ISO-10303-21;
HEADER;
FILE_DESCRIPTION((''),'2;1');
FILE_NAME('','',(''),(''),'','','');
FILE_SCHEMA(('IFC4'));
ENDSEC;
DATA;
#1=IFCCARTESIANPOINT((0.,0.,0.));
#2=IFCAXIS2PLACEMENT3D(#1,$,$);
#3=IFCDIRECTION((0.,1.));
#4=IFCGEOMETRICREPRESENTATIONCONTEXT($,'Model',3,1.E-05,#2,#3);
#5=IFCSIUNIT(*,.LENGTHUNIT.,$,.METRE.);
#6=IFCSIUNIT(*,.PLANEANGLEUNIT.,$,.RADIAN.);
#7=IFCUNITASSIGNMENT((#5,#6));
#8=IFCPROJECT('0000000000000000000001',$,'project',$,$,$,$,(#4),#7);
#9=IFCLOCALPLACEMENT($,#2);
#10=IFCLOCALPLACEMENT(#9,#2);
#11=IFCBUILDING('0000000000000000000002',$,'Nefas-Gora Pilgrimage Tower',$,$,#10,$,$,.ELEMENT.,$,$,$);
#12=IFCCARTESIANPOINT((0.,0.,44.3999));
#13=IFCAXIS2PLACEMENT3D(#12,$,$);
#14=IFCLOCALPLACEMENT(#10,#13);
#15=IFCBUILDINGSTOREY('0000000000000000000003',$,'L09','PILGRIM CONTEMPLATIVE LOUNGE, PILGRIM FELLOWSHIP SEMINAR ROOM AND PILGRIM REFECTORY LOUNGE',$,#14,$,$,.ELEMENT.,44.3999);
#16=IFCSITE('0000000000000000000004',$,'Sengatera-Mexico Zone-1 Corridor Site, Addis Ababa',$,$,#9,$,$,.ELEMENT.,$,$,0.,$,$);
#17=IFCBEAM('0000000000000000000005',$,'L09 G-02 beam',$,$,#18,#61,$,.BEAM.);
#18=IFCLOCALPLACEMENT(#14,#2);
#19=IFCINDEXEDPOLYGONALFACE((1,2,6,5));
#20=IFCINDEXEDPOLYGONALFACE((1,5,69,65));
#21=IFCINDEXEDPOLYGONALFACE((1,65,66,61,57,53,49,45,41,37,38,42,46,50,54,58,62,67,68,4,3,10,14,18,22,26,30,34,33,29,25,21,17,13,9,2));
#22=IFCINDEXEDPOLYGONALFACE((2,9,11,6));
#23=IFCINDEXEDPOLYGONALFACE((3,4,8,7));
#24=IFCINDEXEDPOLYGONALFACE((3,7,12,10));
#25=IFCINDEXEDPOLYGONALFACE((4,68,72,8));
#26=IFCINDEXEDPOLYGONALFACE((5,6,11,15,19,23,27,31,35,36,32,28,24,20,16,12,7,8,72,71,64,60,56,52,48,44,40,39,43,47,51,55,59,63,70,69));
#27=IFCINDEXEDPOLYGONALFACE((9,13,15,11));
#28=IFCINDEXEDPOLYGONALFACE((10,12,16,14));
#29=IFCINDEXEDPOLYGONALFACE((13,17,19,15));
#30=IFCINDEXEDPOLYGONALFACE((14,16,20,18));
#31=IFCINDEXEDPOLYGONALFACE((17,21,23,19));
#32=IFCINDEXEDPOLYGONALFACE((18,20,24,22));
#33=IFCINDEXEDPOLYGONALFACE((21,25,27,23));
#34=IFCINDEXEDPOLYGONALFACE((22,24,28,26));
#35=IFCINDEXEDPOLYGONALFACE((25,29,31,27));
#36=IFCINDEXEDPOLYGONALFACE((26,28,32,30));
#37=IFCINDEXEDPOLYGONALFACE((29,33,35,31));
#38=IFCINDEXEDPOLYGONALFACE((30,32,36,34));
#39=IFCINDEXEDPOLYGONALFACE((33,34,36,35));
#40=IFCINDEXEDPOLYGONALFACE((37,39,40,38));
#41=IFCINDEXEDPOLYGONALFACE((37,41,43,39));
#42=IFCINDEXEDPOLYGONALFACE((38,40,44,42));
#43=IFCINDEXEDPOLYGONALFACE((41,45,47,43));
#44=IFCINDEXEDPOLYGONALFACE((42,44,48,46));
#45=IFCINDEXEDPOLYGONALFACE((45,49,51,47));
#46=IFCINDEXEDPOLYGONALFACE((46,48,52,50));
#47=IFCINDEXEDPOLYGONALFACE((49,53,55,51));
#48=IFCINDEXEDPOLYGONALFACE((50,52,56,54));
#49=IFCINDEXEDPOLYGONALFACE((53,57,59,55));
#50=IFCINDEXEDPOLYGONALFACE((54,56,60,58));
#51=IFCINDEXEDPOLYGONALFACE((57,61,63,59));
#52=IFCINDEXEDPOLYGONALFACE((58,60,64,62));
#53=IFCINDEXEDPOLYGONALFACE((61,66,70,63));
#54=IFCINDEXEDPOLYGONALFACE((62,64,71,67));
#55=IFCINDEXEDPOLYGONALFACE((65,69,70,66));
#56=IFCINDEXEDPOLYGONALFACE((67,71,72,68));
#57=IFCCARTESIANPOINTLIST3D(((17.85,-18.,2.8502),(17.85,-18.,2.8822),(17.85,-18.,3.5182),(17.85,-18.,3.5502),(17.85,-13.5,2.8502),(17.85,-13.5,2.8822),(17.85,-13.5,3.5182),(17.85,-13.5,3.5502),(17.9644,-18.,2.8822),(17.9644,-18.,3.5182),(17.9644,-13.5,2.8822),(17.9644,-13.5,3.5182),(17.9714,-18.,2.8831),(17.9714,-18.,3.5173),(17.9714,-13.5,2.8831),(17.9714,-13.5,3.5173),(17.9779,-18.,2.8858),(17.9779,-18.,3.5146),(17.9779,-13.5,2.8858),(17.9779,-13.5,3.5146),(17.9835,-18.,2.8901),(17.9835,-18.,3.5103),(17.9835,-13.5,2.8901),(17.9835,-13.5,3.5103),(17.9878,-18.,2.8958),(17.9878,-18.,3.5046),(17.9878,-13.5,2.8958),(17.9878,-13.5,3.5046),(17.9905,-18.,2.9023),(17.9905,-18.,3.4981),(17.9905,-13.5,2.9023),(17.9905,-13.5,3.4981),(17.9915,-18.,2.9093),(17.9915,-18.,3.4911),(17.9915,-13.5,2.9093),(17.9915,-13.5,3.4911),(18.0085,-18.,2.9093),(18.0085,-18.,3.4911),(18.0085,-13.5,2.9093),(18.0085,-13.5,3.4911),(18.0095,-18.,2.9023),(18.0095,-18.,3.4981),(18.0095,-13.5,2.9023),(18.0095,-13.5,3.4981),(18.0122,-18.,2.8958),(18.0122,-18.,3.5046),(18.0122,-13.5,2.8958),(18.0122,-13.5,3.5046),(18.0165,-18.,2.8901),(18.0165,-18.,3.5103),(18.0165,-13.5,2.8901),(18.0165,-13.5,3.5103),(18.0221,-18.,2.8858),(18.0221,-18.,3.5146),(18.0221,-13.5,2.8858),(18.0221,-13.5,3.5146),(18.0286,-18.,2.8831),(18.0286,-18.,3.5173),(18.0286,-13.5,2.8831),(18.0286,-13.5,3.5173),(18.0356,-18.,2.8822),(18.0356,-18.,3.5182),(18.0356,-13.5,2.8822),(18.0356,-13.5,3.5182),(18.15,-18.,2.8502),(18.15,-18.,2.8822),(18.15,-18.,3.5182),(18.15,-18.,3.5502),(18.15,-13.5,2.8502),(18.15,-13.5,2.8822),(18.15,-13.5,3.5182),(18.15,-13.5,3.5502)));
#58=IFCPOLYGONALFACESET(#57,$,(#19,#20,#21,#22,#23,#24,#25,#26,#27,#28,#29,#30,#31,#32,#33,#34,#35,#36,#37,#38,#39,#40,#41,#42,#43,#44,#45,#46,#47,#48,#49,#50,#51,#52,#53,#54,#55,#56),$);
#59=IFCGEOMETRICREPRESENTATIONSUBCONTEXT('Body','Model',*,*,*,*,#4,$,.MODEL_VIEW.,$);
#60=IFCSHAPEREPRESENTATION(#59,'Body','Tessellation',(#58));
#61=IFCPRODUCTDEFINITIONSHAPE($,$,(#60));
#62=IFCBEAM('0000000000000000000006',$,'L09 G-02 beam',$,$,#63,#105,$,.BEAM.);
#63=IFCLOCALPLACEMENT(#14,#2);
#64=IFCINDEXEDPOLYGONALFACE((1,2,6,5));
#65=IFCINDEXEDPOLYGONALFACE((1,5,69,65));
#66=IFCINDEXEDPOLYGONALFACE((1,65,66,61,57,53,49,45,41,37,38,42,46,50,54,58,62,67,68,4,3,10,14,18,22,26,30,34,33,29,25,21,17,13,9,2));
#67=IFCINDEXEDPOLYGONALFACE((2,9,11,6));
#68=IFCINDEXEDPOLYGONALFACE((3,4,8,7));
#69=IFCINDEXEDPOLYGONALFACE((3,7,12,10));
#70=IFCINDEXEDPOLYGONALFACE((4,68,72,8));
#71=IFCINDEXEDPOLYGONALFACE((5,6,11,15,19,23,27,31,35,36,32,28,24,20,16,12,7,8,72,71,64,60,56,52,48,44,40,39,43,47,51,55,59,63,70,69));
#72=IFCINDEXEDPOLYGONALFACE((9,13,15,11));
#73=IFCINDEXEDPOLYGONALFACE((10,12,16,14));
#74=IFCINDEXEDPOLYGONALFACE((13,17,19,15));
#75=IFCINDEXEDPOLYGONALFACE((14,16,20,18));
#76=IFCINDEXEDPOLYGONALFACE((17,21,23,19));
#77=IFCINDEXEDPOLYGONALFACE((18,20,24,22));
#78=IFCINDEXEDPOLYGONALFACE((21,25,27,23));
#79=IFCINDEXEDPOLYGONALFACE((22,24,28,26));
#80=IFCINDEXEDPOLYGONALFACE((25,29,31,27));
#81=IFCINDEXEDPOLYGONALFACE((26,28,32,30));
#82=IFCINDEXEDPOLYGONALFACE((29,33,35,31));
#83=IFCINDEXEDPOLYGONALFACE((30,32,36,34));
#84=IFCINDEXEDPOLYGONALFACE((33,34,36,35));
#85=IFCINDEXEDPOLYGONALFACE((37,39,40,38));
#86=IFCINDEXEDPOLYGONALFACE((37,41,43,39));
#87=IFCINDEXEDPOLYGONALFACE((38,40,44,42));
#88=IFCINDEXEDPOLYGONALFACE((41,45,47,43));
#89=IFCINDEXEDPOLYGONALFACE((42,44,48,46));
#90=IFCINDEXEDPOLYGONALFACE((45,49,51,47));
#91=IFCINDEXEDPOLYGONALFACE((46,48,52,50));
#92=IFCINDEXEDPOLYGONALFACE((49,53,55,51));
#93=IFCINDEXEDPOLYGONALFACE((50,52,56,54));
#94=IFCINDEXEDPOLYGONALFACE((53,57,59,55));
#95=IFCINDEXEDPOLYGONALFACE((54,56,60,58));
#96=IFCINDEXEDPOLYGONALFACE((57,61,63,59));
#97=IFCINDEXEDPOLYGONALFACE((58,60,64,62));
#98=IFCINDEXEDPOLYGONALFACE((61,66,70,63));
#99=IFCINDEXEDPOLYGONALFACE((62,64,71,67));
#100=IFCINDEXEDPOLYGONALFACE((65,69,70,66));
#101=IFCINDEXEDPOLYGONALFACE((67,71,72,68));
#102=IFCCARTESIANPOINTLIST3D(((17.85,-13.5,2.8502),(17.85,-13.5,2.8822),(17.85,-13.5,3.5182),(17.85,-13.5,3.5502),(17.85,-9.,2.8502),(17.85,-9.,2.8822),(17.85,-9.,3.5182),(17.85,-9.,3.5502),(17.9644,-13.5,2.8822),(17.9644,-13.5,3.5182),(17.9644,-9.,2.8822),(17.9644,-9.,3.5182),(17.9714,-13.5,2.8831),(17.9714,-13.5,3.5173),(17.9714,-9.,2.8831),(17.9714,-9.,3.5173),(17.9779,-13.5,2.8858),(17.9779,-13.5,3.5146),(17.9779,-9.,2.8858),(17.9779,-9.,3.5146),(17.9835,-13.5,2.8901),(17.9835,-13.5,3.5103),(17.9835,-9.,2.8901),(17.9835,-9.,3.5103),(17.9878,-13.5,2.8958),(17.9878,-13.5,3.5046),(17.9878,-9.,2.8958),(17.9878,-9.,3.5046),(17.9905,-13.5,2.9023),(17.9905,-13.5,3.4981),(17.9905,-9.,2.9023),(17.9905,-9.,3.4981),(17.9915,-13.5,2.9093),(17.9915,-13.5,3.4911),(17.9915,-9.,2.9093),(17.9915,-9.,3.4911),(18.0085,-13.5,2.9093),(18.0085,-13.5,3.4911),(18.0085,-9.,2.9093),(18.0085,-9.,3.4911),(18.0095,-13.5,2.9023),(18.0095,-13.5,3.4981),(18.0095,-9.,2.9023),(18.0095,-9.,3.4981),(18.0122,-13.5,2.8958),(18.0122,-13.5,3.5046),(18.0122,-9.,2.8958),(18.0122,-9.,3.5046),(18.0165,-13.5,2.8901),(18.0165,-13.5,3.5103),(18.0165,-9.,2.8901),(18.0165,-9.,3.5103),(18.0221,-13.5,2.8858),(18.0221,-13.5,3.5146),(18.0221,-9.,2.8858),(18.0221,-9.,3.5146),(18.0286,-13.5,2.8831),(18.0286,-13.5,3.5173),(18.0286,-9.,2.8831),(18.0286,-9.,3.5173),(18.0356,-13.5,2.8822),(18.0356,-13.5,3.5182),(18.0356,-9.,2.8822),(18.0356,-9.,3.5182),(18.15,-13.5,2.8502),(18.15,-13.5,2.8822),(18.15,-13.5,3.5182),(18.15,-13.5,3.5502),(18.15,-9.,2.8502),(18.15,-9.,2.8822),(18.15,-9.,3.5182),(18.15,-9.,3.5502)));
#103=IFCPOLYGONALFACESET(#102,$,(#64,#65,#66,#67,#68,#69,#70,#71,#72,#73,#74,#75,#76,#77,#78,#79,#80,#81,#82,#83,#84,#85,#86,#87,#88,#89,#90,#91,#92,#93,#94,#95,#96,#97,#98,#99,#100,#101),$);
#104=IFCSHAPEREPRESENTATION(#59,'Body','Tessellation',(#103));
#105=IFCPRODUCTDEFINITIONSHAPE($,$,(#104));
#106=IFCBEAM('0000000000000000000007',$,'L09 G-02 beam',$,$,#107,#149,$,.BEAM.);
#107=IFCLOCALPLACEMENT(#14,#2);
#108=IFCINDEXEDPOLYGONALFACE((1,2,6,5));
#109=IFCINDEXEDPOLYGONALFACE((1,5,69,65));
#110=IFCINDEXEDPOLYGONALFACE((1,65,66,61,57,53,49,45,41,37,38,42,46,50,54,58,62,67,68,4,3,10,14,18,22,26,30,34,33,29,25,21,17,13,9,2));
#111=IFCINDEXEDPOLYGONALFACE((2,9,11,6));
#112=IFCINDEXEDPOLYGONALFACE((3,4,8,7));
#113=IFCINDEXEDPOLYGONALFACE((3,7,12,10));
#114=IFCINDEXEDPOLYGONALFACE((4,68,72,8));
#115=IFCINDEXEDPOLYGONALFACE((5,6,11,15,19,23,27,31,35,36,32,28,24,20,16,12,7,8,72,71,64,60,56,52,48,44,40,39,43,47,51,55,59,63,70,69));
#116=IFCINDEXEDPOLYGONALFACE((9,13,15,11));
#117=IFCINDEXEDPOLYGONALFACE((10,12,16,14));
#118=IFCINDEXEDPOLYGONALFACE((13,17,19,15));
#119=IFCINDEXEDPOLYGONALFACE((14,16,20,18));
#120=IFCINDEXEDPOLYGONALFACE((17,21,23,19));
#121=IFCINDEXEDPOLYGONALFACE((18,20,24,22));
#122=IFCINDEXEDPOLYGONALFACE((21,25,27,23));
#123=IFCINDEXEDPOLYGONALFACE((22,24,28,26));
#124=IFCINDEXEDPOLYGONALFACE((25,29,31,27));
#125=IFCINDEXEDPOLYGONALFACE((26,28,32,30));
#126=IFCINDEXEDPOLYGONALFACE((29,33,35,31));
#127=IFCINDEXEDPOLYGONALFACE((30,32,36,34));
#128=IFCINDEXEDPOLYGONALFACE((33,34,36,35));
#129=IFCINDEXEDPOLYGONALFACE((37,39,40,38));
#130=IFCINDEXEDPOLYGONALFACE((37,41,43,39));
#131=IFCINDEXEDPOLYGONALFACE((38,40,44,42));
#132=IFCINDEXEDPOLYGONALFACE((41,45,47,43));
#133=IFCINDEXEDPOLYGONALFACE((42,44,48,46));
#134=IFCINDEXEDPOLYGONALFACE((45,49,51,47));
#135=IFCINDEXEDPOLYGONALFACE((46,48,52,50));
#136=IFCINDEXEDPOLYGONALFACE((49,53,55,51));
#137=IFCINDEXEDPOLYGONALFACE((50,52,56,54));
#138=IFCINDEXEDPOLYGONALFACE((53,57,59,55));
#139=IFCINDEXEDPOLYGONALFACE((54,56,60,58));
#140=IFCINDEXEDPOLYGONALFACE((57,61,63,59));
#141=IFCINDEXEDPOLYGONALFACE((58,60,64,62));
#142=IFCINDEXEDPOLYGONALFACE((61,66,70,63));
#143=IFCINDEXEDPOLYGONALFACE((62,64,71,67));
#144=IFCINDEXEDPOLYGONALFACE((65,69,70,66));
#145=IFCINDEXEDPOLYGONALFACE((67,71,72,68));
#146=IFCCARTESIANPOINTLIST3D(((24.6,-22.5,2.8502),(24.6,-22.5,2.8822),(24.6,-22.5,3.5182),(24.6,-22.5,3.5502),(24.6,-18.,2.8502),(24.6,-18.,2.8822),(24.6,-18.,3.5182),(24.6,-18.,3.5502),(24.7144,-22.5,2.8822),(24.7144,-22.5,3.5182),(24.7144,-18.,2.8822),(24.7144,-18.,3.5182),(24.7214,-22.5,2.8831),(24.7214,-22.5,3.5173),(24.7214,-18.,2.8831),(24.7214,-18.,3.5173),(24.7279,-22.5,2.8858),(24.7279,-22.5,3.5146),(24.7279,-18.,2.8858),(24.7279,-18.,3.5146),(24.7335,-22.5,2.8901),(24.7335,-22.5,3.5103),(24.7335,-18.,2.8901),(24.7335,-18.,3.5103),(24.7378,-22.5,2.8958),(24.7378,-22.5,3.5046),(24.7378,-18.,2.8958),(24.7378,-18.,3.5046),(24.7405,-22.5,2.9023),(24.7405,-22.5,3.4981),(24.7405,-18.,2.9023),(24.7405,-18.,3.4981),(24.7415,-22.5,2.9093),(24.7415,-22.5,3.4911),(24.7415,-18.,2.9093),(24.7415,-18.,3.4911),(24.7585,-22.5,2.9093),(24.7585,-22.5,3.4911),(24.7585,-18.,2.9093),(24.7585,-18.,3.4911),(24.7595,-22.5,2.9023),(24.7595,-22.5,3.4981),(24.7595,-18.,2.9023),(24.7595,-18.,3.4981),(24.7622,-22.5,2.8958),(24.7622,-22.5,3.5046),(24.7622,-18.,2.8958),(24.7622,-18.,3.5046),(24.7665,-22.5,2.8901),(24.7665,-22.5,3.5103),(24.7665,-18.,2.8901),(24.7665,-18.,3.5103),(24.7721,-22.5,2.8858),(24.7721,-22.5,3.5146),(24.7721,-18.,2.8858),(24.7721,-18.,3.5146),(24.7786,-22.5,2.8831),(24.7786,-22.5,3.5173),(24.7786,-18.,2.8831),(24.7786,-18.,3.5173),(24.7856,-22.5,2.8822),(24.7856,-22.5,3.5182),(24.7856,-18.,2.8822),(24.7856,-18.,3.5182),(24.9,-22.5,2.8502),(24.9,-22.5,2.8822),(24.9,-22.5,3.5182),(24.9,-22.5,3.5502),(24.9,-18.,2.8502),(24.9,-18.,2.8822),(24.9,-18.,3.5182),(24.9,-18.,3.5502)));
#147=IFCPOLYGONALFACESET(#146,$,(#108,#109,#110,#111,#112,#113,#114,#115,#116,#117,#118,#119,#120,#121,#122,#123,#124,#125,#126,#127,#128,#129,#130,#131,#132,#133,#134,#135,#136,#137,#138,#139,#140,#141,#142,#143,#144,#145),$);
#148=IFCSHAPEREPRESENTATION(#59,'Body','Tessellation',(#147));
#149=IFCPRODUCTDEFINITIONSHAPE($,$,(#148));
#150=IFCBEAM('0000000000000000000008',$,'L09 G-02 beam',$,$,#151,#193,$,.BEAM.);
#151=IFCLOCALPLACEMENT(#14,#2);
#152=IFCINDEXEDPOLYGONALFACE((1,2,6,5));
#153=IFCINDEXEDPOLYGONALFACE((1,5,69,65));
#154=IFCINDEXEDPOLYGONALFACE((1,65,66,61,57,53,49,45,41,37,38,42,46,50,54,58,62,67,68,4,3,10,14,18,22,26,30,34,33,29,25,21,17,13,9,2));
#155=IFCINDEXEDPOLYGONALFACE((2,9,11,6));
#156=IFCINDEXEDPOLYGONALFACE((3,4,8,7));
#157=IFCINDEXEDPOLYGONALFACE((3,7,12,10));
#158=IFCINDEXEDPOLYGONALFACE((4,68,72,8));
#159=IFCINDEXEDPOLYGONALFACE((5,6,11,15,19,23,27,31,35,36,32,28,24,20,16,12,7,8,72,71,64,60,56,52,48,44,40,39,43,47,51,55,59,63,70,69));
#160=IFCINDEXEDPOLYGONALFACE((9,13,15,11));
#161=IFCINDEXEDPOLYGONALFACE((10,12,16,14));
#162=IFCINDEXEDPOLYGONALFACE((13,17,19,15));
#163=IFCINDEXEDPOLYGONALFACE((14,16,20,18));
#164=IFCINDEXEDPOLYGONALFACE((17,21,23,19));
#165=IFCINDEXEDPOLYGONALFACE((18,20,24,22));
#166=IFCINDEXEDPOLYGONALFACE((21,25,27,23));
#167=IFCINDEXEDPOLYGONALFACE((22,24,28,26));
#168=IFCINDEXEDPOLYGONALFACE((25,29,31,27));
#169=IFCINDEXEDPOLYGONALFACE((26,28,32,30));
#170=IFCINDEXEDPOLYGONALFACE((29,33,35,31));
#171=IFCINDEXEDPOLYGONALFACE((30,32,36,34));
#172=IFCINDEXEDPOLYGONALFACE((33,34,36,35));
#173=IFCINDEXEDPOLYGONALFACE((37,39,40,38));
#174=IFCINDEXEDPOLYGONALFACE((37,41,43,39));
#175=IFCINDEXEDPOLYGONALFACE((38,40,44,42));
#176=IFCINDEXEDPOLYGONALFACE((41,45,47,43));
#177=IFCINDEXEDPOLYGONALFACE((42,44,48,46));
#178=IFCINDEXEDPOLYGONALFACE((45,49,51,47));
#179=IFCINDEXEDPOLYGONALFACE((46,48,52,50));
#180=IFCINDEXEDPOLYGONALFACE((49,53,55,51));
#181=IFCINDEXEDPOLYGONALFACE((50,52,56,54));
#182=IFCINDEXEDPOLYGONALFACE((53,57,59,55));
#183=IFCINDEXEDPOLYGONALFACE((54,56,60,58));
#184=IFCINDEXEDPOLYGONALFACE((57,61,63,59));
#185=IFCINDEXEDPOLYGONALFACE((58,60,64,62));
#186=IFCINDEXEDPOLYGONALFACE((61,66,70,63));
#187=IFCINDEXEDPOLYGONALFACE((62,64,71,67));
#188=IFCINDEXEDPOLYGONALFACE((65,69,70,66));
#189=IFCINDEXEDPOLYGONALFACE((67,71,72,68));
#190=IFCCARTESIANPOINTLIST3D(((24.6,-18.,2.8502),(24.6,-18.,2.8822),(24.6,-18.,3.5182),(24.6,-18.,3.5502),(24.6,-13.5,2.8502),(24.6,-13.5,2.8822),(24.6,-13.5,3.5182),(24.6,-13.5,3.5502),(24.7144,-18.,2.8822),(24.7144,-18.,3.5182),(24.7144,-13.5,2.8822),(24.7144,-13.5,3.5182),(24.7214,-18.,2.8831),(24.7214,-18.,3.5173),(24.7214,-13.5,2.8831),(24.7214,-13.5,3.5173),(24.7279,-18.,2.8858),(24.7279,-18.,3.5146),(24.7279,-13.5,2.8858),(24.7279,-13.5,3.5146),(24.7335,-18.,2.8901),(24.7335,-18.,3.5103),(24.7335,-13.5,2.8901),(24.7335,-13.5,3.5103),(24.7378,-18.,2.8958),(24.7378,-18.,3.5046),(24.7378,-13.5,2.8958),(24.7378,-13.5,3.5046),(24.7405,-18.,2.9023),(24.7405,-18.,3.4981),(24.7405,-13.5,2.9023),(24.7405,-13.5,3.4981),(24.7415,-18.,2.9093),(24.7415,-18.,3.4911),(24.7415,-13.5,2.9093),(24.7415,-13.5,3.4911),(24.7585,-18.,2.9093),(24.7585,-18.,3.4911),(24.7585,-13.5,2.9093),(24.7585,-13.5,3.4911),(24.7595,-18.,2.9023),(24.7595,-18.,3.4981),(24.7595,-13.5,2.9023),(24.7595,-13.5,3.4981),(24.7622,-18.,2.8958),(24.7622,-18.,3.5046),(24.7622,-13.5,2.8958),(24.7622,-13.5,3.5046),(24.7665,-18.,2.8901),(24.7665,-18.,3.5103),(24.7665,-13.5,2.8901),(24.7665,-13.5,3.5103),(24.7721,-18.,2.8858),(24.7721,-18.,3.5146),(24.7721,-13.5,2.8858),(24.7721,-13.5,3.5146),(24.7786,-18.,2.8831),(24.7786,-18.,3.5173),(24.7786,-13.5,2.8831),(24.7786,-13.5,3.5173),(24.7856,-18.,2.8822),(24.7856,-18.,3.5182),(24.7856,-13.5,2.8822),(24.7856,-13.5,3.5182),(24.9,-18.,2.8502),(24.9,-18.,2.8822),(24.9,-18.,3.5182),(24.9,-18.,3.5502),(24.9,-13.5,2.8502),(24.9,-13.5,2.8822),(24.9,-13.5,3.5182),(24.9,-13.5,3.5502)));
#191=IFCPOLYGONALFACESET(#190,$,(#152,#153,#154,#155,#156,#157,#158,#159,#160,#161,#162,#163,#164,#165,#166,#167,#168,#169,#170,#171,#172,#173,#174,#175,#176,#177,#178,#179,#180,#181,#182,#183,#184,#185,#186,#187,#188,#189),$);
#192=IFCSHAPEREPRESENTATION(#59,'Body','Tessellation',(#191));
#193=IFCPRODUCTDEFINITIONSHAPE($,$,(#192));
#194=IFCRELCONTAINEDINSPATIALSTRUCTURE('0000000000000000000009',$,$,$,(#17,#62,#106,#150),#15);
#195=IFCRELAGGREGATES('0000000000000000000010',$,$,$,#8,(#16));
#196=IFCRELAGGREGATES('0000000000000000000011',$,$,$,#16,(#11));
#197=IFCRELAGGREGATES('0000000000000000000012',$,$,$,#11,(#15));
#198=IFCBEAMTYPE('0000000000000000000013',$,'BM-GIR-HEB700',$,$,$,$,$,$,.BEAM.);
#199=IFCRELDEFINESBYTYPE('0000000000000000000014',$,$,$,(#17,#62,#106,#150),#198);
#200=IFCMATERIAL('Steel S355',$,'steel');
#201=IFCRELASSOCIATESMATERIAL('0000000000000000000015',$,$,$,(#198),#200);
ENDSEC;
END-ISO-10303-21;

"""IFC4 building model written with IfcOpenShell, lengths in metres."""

from ifc_helpers import new_model, si_unit, direction, frame, origin, origin_2d, place, context, subcontext, project, spatial, i_section, extrude, source, transform, mapped, material, material_profile, profile_set, type_object, element, save


model = new_model("IFC4")

# Units and contexts
model_context = context("Model", 3, precision=1e-05, world=origin(), true_north=direction((0.0, 1.0)))
body_context = subcontext(model_context, "Body", "Model", "MODEL_VIEW")
ifc_project = project(units=[si_unit("LENGTHUNIT", "METRE"), si_unit("PLANEANGLEUNIT", "RADIAN")], contexts=[model_context])

# Site, building, storey
site_placement = place(None, origin())
site = spatial("IfcSite", under=ifc_project, at=site_placement, Name="Sengatera-Mexico Zone-1 Corridor Site, Addis Ababa", CompositionType="ELEMENT", RefElevation=0.0)
building_placement = place(site_placement, origin())
building = spatial("IfcBuilding", under=site, at=building_placement, Name="Nefas-Gora Pilgrimage Tower", CompositionType="ELEMENT")
storey_placement = place(building_placement, frame((0.0, 0.0, 44.3999)))
storey = spatial("IfcBuildingStorey", under=building, at=storey_placement, Name="L09", Description="PILGRIM CONTEMPLATIVE LOUNGE, PILGRIM FELLOWSHIP SEMINAR ROOM AND PILGRIM REFECTORY LOUNGE", CompositionType="ELEMENT", Elevation=44.3999)

# Beams
ifc_material_1 = material(Name="Steel S355", Category="steel")
ifc_material_profile_1 = material_profile(ifc_material_1, i_section(OverallWidth=0.3, OverallDepth=0.7, WebThickness=0.0171, FlangeThickness=0.032, FilletRadius=0.0271, at=origin_2d()), Name="HEB 700")
ifc_profile_set_1 = profile_set([ifc_material_profile_1], Name="Steel S355")
beam_type_1 = type_object("IfcBeamType", Name="BM-GIR-HEB700", PredefinedType="BEAM", material=ifc_profile_set_1)
shared_shape_1 = source(origin(), body_context, "Body", "SweptSolid", [
    extrude(i_section(OverallWidth=0.3, OverallDepth=0.7, WebThickness=0.0171, FlangeThickness=0.032, FilletRadius=0.0271, at=origin_2d()), origin(), (0.0, 0.0, 1.0), 4.5),
])
for number, where, z_axis, x_axis, name in (
    (1, (18.0, -18.0, 3.2002), (0.0, 1.0, 0.0), (-1.0, 0.0, 0.0), "L09 G-02 beam"),
    (2, (18.0, -13.5, 3.2002), (0.0, 1.0, 0.0), (-1.0, 0.0, 0.0), "L09 G-02 beam"),
    (3, (24.75, -22.5, 3.2002), (0.0, 1.0, 0.0), (-1.0, 0.0, 0.0), "L09 G-02 beam"),
    (4, (24.75, -18.0, 3.2002), (0.0, 1.0, 0.0), (-1.0, 0.0, 0.0), "L09 G-02 beam"),
):
    element("IfcBeam", number, at=place(storey_placement, frame(where, z_axis=z_axis, x_axis=x_axis)), inside=storey, type_object=beam_type_1, Name=name, PredefinedType="BEAM", context=body_context, shape_type="MappedRepresentation", body=[
        mapped(shared_shape_1, transform((0.0, 0.0, 0.0), x_axis=(1.0, 0.0, 0.0), y_axis=(0.0, 1.0, 0.0), z_axis=(0.0, 0.0, 1.0), scale=1.0)),
    ])

save(model, "model.ifc")
